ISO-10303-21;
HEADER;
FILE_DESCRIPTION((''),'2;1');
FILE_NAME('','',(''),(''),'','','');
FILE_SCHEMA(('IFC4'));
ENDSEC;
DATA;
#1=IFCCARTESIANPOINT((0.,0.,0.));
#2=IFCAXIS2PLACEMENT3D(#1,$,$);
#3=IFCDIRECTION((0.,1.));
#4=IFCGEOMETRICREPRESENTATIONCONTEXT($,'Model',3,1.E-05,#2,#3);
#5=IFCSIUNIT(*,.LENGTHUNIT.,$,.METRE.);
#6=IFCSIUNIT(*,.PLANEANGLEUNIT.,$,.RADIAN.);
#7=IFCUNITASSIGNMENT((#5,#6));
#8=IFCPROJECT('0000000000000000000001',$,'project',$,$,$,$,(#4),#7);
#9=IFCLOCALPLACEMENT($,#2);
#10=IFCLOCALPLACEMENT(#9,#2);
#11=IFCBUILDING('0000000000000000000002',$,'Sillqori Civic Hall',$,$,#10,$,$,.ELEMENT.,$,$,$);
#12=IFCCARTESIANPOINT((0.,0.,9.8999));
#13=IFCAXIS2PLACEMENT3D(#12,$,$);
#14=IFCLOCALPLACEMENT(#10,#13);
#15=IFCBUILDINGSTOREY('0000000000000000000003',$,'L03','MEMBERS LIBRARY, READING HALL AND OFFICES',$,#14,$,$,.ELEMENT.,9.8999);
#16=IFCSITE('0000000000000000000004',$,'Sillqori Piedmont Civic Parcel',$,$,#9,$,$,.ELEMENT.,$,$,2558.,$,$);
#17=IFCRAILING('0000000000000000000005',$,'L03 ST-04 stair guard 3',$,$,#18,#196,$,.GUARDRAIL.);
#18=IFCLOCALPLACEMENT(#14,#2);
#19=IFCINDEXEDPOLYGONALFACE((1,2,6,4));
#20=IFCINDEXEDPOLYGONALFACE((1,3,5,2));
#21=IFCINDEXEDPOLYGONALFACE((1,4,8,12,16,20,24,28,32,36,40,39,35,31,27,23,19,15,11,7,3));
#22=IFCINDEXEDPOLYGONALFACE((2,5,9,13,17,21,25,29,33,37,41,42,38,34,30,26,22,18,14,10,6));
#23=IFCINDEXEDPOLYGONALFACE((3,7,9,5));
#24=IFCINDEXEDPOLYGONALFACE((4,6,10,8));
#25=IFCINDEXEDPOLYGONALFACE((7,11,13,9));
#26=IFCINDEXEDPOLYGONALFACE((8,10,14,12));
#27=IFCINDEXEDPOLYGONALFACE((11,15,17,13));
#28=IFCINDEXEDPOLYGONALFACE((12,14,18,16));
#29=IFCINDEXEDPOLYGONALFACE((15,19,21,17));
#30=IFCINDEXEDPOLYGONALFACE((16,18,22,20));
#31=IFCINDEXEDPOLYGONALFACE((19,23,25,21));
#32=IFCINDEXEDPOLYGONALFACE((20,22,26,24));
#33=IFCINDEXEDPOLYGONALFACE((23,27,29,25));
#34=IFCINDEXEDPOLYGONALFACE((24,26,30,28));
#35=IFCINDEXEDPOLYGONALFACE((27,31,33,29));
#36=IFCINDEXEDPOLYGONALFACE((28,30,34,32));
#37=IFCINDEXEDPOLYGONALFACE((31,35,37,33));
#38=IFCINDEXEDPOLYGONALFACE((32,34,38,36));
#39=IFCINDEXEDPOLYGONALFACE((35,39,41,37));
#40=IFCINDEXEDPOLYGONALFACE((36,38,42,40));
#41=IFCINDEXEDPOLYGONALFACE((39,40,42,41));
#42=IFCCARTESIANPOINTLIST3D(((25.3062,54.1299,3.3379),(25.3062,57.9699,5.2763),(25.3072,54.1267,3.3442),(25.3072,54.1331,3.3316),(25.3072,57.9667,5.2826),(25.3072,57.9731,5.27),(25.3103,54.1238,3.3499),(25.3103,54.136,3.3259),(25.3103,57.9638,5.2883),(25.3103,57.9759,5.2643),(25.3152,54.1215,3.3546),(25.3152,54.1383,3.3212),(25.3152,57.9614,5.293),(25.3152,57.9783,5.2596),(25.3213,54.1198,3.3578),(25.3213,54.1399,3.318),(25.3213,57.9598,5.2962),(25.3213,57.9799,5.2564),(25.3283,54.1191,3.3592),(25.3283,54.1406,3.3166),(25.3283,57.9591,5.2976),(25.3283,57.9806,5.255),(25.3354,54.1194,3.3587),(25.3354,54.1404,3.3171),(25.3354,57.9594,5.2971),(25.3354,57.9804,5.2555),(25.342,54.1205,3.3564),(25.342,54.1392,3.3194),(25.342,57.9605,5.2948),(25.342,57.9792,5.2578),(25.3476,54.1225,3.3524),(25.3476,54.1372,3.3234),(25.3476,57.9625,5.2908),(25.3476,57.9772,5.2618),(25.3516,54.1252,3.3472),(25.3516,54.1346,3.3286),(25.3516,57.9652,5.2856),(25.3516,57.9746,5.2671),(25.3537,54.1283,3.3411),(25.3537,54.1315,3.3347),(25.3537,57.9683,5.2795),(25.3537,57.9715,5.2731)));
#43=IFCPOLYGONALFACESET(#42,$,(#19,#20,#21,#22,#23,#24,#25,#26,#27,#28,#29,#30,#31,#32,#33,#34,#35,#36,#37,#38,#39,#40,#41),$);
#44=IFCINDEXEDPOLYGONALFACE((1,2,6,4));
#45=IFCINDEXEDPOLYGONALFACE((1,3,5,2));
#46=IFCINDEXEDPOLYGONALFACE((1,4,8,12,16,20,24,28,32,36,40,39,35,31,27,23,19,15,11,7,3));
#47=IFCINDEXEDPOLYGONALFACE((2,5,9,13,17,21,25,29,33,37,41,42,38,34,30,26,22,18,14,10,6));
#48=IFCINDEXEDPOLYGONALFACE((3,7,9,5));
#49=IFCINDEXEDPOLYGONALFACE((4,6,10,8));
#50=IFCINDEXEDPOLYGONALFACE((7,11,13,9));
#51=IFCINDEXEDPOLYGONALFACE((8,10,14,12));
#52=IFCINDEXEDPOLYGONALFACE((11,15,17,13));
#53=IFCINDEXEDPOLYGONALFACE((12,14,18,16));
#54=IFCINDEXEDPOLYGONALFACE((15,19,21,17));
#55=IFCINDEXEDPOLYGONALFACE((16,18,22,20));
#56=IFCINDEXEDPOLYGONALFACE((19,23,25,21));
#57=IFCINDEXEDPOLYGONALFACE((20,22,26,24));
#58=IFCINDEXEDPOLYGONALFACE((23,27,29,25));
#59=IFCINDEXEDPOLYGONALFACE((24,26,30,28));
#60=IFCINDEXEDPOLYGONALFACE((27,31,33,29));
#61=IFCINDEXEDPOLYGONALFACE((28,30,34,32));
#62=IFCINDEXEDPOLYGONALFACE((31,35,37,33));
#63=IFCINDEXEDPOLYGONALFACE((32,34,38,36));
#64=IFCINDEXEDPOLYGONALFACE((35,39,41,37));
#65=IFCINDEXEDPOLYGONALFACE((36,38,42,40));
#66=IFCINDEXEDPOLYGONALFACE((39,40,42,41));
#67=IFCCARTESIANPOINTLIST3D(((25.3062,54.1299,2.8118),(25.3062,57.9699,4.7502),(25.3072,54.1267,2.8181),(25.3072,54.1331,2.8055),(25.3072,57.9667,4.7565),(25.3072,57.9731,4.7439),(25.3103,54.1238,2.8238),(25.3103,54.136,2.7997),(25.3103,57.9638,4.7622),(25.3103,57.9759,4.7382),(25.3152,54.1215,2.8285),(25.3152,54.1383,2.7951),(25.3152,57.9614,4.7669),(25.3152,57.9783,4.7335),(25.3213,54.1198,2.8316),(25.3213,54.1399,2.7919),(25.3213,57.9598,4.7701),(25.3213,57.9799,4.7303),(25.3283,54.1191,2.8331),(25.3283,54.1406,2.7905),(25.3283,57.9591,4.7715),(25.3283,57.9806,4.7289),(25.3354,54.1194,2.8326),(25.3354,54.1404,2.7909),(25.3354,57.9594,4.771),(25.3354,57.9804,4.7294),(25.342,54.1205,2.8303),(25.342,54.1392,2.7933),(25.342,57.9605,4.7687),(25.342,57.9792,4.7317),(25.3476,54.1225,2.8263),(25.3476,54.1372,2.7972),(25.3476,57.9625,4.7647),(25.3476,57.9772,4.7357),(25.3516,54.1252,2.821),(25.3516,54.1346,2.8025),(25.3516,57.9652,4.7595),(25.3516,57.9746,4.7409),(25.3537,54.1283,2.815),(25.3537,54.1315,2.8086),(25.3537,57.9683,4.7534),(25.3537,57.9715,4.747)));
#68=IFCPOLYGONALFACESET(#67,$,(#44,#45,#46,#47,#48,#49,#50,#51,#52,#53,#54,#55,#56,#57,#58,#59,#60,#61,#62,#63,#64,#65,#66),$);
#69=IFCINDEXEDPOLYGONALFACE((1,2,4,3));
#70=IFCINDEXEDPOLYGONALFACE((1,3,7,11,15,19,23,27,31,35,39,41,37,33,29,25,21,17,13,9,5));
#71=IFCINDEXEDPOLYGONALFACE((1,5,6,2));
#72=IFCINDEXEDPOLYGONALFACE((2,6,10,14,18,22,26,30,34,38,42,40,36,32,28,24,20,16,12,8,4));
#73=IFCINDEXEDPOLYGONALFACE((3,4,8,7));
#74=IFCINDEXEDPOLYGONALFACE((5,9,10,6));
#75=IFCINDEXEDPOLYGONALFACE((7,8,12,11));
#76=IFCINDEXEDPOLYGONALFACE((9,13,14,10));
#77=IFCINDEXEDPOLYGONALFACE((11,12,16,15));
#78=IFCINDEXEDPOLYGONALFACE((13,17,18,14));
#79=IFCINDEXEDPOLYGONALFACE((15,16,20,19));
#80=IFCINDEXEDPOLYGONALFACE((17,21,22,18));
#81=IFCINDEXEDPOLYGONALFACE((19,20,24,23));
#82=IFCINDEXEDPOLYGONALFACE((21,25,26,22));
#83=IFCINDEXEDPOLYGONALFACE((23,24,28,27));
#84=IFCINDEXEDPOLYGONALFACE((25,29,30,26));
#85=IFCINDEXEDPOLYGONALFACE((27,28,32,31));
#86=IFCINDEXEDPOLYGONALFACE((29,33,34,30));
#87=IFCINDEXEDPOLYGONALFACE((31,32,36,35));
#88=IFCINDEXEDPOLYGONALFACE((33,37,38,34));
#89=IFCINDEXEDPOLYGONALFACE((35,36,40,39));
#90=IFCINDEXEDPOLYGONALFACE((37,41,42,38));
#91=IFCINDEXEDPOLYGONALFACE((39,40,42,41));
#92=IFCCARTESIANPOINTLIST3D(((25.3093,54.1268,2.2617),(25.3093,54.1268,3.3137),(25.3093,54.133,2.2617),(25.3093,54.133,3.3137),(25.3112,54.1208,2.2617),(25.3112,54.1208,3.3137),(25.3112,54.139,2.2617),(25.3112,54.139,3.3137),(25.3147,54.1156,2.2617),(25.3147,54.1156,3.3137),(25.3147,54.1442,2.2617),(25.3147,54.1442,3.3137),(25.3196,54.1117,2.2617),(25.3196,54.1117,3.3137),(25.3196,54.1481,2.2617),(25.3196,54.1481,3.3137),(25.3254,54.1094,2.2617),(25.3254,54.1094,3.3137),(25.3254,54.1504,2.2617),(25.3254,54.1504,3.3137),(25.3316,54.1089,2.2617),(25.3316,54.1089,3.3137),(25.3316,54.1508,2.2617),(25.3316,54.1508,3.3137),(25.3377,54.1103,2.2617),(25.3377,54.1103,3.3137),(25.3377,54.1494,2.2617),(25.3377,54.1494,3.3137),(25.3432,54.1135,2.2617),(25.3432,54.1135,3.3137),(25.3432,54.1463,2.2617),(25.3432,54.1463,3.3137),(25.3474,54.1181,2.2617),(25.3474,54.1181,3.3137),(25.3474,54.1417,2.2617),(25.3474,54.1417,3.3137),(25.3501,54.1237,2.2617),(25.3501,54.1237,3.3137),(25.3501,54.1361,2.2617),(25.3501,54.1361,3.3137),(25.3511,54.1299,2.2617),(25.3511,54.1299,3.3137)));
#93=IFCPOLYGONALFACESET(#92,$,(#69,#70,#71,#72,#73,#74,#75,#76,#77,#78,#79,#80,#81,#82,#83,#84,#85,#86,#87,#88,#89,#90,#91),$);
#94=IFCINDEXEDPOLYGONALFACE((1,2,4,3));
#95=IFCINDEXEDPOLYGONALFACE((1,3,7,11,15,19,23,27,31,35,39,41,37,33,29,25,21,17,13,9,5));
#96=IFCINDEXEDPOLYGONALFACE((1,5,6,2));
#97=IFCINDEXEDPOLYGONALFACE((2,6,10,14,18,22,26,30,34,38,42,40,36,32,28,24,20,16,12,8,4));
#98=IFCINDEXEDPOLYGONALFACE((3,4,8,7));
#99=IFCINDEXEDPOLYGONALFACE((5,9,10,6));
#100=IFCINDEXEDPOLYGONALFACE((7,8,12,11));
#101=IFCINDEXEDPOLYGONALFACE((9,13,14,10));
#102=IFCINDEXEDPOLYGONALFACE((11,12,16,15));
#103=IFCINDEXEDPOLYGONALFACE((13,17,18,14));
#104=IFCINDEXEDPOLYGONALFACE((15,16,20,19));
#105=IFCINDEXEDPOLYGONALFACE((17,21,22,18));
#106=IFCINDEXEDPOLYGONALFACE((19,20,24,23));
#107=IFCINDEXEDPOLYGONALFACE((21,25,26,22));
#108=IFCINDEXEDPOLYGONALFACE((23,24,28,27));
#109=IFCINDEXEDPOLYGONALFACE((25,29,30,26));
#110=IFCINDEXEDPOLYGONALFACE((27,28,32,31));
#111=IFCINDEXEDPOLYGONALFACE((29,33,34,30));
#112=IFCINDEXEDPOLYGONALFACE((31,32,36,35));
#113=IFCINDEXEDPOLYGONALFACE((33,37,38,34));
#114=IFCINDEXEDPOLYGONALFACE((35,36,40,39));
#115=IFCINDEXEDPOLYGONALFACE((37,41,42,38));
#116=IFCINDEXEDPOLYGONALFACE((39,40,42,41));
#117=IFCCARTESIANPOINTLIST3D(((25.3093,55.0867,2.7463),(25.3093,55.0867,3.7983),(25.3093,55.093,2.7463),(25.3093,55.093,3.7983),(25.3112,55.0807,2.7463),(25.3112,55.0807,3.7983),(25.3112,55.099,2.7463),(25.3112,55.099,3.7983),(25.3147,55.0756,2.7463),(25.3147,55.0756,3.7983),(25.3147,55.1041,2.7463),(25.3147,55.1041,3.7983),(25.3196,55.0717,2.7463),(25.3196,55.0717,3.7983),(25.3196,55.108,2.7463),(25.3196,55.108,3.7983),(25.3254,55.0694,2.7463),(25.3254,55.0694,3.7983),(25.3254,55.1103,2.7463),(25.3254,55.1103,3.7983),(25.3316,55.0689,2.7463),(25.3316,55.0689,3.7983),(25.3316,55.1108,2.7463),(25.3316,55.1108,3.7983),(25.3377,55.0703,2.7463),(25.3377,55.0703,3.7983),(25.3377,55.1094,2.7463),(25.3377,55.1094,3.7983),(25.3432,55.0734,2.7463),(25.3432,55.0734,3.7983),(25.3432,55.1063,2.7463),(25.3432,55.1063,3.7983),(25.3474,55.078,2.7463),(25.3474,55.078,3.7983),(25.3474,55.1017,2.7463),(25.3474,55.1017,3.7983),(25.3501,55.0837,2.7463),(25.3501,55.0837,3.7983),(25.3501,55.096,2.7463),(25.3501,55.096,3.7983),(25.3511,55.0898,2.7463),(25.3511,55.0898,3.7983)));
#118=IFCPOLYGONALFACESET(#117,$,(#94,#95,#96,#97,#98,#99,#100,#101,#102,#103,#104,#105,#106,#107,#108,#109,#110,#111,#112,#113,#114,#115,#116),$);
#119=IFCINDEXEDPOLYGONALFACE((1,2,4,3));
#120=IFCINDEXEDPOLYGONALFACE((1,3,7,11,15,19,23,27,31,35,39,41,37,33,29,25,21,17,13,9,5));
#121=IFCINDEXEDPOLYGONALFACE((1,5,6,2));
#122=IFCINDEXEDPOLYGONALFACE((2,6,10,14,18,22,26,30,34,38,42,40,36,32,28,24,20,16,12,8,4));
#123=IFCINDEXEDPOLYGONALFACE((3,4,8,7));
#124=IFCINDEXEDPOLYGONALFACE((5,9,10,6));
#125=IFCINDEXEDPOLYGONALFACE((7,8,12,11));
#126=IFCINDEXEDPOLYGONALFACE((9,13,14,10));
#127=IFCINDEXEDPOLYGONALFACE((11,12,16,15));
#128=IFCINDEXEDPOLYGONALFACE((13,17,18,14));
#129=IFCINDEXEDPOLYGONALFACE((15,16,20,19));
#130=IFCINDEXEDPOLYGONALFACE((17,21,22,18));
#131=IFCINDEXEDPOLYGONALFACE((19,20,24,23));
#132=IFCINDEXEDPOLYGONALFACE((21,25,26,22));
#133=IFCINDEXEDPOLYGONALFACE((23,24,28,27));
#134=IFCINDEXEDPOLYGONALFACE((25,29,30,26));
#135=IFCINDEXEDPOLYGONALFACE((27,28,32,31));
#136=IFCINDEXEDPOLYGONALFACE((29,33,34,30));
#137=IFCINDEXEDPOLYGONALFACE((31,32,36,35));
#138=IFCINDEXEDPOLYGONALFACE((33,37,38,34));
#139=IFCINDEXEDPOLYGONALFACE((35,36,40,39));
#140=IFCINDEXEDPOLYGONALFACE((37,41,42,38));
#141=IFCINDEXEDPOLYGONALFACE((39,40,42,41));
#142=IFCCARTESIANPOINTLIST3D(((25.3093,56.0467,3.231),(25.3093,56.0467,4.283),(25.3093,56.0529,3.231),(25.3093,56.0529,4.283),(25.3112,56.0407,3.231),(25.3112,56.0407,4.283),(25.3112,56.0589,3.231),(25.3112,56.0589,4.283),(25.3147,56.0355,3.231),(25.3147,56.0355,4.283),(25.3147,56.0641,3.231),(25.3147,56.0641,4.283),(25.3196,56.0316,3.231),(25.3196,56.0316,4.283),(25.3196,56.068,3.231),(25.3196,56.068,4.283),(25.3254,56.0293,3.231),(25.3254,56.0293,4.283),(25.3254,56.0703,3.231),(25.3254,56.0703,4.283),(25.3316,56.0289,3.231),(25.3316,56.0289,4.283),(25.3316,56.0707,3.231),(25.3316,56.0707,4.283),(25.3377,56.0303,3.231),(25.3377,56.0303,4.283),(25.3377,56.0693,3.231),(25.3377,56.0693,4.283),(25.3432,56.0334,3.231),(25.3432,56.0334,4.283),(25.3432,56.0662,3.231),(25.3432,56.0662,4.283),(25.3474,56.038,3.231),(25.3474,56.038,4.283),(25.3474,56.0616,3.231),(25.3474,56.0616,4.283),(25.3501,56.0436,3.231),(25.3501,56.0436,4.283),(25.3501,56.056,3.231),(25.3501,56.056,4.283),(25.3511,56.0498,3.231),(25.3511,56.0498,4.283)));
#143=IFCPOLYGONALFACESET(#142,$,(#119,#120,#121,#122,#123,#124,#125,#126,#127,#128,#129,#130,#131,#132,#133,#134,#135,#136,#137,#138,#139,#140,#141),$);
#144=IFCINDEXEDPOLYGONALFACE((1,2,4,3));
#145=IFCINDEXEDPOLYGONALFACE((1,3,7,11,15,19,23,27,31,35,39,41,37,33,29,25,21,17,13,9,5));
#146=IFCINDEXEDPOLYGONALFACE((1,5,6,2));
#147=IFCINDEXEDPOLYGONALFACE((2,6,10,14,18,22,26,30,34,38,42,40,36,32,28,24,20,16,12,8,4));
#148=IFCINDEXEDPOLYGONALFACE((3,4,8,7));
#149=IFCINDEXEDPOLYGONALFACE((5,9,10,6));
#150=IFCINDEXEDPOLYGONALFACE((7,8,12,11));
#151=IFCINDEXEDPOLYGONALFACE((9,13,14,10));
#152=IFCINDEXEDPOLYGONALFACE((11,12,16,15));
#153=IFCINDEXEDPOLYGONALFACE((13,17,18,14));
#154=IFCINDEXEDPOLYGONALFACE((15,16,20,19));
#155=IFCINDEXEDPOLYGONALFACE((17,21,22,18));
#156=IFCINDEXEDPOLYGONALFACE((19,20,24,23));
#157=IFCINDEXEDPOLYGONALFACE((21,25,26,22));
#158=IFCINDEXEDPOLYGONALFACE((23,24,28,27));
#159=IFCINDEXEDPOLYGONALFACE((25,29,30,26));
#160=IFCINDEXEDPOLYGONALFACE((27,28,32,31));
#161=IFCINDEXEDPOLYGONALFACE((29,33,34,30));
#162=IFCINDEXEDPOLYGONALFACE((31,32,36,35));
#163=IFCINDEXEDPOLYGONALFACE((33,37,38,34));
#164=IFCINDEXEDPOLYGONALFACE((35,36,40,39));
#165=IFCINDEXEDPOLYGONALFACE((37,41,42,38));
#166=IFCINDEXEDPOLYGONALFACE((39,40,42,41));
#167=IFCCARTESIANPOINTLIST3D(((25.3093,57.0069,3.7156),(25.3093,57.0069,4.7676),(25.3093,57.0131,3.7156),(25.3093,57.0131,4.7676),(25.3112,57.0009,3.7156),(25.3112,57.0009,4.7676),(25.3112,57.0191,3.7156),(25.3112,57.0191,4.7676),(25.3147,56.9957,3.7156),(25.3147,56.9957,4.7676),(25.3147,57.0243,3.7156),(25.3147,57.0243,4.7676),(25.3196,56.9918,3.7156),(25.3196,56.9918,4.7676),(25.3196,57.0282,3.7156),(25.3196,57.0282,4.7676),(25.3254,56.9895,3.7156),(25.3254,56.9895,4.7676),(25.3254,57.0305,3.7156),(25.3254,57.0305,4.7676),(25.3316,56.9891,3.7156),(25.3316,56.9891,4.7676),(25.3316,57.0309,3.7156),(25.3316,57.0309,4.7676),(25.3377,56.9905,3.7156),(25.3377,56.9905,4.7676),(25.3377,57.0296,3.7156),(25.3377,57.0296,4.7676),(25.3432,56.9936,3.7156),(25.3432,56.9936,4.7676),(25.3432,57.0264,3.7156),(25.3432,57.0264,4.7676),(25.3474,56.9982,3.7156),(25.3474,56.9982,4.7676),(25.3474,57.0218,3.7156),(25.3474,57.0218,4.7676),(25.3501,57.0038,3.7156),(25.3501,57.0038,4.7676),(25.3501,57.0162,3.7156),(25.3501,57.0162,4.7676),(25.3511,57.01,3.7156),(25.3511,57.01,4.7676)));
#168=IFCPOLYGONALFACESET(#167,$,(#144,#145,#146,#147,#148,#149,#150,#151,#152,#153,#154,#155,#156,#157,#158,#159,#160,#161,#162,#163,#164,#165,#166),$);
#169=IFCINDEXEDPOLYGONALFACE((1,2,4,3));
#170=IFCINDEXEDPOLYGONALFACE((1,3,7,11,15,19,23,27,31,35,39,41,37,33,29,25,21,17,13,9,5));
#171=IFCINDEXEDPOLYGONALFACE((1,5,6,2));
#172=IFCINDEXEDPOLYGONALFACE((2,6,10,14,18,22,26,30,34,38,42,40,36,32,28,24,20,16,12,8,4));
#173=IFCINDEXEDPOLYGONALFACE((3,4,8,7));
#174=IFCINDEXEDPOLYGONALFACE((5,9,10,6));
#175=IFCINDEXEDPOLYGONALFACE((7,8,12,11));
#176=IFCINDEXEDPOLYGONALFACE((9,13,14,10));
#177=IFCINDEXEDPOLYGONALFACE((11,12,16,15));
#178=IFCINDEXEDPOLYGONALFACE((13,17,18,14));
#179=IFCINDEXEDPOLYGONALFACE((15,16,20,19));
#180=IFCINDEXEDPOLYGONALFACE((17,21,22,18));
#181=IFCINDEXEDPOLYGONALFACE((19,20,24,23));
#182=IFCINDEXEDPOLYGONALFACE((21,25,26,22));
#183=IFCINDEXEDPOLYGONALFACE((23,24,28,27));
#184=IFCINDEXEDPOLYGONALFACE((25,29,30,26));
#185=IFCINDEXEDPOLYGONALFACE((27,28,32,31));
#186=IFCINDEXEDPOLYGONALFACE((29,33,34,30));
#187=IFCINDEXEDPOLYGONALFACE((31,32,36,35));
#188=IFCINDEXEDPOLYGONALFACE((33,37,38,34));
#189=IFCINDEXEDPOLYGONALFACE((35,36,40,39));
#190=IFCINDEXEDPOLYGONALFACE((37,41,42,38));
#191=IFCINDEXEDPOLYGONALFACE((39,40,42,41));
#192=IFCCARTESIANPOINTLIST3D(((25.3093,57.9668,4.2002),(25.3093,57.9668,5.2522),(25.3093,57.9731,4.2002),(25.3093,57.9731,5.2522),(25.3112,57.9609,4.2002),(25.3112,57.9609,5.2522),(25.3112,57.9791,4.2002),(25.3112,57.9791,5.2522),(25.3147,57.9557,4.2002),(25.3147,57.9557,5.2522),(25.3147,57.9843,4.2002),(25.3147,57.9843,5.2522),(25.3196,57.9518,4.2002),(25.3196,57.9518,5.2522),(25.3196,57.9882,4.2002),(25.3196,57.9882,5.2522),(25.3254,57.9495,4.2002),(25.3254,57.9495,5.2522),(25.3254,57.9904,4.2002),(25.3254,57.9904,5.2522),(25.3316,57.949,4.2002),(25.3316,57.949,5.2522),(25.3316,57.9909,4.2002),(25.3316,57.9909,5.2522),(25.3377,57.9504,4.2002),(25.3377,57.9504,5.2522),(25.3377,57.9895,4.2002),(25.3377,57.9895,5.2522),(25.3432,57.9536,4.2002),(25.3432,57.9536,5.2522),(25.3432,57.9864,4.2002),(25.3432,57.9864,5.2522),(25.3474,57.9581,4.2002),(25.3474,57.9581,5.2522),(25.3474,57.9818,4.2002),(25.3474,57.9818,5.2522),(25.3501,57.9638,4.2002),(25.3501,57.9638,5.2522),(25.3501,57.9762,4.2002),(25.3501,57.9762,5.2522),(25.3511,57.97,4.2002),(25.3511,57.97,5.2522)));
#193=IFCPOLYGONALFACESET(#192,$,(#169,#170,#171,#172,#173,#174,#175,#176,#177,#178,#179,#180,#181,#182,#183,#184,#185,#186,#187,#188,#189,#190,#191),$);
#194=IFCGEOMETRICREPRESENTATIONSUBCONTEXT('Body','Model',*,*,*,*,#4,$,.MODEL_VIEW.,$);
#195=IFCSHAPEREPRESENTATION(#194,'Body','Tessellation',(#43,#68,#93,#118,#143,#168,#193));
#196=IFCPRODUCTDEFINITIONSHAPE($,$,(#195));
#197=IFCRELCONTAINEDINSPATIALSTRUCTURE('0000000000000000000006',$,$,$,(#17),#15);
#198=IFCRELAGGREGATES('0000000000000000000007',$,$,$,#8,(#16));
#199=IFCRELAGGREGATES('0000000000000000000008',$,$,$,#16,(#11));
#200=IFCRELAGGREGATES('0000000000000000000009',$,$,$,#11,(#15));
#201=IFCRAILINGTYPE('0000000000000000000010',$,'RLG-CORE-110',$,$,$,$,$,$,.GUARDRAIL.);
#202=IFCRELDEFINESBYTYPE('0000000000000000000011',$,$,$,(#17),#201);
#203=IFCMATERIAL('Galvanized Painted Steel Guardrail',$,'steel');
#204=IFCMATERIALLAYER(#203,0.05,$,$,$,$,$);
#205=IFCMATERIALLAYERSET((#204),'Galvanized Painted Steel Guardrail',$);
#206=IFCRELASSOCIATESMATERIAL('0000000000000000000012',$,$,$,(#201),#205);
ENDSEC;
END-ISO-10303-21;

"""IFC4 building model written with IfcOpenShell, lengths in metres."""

from ifc_helpers import new_model, si_unit, direction, frame, origin, origin_2d, place, context, subcontext, project, spatial, circle, extrude, material, layer, layer_set, type_object, element, save


model = new_model("IFC4")

# Units and contexts
model_context = context("Model", 3, precision=1e-05, world=origin(), true_north=direction((0.0, 1.0)))
body_context = subcontext(model_context, "Body", "Model", "MODEL_VIEW")
ifc_project = project(units=[si_unit("LENGTHUNIT", "METRE"), si_unit("PLANEANGLEUNIT", "RADIAN")], contexts=[model_context])

# Site, building, storey
site_placement = place(None, origin())
site = spatial("IfcSite", under=ifc_project, at=site_placement, Name="Sillqori Piedmont Civic Parcel", CompositionType="ELEMENT", RefElevation=2558.0)
building_placement = place(site_placement, origin())
building = spatial("IfcBuilding", under=site, at=building_placement, Name="Sillqori Civic Hall", CompositionType="ELEMENT")
storey_placement = place(building_placement, frame((0.0, 0.0, 9.8999)))
storey = spatial("IfcBuildingStorey", under=building, at=storey_placement, Name="L03", Description="MEMBERS LIBRARY, READING HALL AND OFFICES", CompositionType="ELEMENT", Elevation=9.8999)

# Railing
ifc_material_1 = material(Name="Galvanized Painted Steel Guardrail", Category="steel")
ifc_layer_1 = layer(ifc_material_1, 0.05)
ifc_layer_set_1 = layer_set([ifc_layer_1], Name="Galvanized Painted Steel Guardrail")
railing_type_1 = type_object("IfcRailingType", Name="RLG-CORE-110", PredefinedType="GUARDRAIL", material=ifc_layer_set_1)
railing_1_placement = place(storey_placement, frame((25.3301, 54.1299, 2.2617)))
element("IfcRailing", 1, at=railing_1_placement, inside=storey, type_object=railing_type_1, Name="L03 ST-04 stair guard 3", PredefinedType="GUARDRAIL", context=body_context, shape_type="SweptSolid", body=[
    extrude(circle(Radius=0.0239, at=origin_2d()), frame((0.0, 0.0, 1.0762), z_axis=(0.0, 0.892707, 0.450638), x_axis=(-1.0, 0.0, 0.0)), (0.0, 0.0, 1.0), 4.3015),
    extrude(circle(Radius=0.0239, at=origin_2d()), frame((0.0, 0.0, 0.55), z_axis=(0.0, 0.892707, 0.450638), x_axis=(-1.0, 0.0, 0.0)), (0.0, 0.0, 1.0), 4.3015),
    extrude(circle(Radius=0.021, at=origin_2d()), origin(), (0.0, 0.0, 1.0), 1.052),
    extrude(circle(Radius=0.021, at=origin_2d()), frame((0.0, 0.96, 0.4846)), (0.0, 0.0, 1.0), 1.052),
    extrude(circle(Radius=0.021, at=origin_2d()), frame((0.0, 1.9199, 0.9692)), (0.0, 0.0, 1.0), 1.052),
    extrude(circle(Radius=0.021, at=origin_2d()), frame((0.0, 2.8801, 1.4539)), (0.0, 0.0, 1.0), 1.052),
    extrude(circle(Radius=0.021, at=origin_2d()), frame((0.0, 3.8401, 1.9385)), (0.0, 0.0, 1.0), 1.052),
])

save(model, "model.ifc")
